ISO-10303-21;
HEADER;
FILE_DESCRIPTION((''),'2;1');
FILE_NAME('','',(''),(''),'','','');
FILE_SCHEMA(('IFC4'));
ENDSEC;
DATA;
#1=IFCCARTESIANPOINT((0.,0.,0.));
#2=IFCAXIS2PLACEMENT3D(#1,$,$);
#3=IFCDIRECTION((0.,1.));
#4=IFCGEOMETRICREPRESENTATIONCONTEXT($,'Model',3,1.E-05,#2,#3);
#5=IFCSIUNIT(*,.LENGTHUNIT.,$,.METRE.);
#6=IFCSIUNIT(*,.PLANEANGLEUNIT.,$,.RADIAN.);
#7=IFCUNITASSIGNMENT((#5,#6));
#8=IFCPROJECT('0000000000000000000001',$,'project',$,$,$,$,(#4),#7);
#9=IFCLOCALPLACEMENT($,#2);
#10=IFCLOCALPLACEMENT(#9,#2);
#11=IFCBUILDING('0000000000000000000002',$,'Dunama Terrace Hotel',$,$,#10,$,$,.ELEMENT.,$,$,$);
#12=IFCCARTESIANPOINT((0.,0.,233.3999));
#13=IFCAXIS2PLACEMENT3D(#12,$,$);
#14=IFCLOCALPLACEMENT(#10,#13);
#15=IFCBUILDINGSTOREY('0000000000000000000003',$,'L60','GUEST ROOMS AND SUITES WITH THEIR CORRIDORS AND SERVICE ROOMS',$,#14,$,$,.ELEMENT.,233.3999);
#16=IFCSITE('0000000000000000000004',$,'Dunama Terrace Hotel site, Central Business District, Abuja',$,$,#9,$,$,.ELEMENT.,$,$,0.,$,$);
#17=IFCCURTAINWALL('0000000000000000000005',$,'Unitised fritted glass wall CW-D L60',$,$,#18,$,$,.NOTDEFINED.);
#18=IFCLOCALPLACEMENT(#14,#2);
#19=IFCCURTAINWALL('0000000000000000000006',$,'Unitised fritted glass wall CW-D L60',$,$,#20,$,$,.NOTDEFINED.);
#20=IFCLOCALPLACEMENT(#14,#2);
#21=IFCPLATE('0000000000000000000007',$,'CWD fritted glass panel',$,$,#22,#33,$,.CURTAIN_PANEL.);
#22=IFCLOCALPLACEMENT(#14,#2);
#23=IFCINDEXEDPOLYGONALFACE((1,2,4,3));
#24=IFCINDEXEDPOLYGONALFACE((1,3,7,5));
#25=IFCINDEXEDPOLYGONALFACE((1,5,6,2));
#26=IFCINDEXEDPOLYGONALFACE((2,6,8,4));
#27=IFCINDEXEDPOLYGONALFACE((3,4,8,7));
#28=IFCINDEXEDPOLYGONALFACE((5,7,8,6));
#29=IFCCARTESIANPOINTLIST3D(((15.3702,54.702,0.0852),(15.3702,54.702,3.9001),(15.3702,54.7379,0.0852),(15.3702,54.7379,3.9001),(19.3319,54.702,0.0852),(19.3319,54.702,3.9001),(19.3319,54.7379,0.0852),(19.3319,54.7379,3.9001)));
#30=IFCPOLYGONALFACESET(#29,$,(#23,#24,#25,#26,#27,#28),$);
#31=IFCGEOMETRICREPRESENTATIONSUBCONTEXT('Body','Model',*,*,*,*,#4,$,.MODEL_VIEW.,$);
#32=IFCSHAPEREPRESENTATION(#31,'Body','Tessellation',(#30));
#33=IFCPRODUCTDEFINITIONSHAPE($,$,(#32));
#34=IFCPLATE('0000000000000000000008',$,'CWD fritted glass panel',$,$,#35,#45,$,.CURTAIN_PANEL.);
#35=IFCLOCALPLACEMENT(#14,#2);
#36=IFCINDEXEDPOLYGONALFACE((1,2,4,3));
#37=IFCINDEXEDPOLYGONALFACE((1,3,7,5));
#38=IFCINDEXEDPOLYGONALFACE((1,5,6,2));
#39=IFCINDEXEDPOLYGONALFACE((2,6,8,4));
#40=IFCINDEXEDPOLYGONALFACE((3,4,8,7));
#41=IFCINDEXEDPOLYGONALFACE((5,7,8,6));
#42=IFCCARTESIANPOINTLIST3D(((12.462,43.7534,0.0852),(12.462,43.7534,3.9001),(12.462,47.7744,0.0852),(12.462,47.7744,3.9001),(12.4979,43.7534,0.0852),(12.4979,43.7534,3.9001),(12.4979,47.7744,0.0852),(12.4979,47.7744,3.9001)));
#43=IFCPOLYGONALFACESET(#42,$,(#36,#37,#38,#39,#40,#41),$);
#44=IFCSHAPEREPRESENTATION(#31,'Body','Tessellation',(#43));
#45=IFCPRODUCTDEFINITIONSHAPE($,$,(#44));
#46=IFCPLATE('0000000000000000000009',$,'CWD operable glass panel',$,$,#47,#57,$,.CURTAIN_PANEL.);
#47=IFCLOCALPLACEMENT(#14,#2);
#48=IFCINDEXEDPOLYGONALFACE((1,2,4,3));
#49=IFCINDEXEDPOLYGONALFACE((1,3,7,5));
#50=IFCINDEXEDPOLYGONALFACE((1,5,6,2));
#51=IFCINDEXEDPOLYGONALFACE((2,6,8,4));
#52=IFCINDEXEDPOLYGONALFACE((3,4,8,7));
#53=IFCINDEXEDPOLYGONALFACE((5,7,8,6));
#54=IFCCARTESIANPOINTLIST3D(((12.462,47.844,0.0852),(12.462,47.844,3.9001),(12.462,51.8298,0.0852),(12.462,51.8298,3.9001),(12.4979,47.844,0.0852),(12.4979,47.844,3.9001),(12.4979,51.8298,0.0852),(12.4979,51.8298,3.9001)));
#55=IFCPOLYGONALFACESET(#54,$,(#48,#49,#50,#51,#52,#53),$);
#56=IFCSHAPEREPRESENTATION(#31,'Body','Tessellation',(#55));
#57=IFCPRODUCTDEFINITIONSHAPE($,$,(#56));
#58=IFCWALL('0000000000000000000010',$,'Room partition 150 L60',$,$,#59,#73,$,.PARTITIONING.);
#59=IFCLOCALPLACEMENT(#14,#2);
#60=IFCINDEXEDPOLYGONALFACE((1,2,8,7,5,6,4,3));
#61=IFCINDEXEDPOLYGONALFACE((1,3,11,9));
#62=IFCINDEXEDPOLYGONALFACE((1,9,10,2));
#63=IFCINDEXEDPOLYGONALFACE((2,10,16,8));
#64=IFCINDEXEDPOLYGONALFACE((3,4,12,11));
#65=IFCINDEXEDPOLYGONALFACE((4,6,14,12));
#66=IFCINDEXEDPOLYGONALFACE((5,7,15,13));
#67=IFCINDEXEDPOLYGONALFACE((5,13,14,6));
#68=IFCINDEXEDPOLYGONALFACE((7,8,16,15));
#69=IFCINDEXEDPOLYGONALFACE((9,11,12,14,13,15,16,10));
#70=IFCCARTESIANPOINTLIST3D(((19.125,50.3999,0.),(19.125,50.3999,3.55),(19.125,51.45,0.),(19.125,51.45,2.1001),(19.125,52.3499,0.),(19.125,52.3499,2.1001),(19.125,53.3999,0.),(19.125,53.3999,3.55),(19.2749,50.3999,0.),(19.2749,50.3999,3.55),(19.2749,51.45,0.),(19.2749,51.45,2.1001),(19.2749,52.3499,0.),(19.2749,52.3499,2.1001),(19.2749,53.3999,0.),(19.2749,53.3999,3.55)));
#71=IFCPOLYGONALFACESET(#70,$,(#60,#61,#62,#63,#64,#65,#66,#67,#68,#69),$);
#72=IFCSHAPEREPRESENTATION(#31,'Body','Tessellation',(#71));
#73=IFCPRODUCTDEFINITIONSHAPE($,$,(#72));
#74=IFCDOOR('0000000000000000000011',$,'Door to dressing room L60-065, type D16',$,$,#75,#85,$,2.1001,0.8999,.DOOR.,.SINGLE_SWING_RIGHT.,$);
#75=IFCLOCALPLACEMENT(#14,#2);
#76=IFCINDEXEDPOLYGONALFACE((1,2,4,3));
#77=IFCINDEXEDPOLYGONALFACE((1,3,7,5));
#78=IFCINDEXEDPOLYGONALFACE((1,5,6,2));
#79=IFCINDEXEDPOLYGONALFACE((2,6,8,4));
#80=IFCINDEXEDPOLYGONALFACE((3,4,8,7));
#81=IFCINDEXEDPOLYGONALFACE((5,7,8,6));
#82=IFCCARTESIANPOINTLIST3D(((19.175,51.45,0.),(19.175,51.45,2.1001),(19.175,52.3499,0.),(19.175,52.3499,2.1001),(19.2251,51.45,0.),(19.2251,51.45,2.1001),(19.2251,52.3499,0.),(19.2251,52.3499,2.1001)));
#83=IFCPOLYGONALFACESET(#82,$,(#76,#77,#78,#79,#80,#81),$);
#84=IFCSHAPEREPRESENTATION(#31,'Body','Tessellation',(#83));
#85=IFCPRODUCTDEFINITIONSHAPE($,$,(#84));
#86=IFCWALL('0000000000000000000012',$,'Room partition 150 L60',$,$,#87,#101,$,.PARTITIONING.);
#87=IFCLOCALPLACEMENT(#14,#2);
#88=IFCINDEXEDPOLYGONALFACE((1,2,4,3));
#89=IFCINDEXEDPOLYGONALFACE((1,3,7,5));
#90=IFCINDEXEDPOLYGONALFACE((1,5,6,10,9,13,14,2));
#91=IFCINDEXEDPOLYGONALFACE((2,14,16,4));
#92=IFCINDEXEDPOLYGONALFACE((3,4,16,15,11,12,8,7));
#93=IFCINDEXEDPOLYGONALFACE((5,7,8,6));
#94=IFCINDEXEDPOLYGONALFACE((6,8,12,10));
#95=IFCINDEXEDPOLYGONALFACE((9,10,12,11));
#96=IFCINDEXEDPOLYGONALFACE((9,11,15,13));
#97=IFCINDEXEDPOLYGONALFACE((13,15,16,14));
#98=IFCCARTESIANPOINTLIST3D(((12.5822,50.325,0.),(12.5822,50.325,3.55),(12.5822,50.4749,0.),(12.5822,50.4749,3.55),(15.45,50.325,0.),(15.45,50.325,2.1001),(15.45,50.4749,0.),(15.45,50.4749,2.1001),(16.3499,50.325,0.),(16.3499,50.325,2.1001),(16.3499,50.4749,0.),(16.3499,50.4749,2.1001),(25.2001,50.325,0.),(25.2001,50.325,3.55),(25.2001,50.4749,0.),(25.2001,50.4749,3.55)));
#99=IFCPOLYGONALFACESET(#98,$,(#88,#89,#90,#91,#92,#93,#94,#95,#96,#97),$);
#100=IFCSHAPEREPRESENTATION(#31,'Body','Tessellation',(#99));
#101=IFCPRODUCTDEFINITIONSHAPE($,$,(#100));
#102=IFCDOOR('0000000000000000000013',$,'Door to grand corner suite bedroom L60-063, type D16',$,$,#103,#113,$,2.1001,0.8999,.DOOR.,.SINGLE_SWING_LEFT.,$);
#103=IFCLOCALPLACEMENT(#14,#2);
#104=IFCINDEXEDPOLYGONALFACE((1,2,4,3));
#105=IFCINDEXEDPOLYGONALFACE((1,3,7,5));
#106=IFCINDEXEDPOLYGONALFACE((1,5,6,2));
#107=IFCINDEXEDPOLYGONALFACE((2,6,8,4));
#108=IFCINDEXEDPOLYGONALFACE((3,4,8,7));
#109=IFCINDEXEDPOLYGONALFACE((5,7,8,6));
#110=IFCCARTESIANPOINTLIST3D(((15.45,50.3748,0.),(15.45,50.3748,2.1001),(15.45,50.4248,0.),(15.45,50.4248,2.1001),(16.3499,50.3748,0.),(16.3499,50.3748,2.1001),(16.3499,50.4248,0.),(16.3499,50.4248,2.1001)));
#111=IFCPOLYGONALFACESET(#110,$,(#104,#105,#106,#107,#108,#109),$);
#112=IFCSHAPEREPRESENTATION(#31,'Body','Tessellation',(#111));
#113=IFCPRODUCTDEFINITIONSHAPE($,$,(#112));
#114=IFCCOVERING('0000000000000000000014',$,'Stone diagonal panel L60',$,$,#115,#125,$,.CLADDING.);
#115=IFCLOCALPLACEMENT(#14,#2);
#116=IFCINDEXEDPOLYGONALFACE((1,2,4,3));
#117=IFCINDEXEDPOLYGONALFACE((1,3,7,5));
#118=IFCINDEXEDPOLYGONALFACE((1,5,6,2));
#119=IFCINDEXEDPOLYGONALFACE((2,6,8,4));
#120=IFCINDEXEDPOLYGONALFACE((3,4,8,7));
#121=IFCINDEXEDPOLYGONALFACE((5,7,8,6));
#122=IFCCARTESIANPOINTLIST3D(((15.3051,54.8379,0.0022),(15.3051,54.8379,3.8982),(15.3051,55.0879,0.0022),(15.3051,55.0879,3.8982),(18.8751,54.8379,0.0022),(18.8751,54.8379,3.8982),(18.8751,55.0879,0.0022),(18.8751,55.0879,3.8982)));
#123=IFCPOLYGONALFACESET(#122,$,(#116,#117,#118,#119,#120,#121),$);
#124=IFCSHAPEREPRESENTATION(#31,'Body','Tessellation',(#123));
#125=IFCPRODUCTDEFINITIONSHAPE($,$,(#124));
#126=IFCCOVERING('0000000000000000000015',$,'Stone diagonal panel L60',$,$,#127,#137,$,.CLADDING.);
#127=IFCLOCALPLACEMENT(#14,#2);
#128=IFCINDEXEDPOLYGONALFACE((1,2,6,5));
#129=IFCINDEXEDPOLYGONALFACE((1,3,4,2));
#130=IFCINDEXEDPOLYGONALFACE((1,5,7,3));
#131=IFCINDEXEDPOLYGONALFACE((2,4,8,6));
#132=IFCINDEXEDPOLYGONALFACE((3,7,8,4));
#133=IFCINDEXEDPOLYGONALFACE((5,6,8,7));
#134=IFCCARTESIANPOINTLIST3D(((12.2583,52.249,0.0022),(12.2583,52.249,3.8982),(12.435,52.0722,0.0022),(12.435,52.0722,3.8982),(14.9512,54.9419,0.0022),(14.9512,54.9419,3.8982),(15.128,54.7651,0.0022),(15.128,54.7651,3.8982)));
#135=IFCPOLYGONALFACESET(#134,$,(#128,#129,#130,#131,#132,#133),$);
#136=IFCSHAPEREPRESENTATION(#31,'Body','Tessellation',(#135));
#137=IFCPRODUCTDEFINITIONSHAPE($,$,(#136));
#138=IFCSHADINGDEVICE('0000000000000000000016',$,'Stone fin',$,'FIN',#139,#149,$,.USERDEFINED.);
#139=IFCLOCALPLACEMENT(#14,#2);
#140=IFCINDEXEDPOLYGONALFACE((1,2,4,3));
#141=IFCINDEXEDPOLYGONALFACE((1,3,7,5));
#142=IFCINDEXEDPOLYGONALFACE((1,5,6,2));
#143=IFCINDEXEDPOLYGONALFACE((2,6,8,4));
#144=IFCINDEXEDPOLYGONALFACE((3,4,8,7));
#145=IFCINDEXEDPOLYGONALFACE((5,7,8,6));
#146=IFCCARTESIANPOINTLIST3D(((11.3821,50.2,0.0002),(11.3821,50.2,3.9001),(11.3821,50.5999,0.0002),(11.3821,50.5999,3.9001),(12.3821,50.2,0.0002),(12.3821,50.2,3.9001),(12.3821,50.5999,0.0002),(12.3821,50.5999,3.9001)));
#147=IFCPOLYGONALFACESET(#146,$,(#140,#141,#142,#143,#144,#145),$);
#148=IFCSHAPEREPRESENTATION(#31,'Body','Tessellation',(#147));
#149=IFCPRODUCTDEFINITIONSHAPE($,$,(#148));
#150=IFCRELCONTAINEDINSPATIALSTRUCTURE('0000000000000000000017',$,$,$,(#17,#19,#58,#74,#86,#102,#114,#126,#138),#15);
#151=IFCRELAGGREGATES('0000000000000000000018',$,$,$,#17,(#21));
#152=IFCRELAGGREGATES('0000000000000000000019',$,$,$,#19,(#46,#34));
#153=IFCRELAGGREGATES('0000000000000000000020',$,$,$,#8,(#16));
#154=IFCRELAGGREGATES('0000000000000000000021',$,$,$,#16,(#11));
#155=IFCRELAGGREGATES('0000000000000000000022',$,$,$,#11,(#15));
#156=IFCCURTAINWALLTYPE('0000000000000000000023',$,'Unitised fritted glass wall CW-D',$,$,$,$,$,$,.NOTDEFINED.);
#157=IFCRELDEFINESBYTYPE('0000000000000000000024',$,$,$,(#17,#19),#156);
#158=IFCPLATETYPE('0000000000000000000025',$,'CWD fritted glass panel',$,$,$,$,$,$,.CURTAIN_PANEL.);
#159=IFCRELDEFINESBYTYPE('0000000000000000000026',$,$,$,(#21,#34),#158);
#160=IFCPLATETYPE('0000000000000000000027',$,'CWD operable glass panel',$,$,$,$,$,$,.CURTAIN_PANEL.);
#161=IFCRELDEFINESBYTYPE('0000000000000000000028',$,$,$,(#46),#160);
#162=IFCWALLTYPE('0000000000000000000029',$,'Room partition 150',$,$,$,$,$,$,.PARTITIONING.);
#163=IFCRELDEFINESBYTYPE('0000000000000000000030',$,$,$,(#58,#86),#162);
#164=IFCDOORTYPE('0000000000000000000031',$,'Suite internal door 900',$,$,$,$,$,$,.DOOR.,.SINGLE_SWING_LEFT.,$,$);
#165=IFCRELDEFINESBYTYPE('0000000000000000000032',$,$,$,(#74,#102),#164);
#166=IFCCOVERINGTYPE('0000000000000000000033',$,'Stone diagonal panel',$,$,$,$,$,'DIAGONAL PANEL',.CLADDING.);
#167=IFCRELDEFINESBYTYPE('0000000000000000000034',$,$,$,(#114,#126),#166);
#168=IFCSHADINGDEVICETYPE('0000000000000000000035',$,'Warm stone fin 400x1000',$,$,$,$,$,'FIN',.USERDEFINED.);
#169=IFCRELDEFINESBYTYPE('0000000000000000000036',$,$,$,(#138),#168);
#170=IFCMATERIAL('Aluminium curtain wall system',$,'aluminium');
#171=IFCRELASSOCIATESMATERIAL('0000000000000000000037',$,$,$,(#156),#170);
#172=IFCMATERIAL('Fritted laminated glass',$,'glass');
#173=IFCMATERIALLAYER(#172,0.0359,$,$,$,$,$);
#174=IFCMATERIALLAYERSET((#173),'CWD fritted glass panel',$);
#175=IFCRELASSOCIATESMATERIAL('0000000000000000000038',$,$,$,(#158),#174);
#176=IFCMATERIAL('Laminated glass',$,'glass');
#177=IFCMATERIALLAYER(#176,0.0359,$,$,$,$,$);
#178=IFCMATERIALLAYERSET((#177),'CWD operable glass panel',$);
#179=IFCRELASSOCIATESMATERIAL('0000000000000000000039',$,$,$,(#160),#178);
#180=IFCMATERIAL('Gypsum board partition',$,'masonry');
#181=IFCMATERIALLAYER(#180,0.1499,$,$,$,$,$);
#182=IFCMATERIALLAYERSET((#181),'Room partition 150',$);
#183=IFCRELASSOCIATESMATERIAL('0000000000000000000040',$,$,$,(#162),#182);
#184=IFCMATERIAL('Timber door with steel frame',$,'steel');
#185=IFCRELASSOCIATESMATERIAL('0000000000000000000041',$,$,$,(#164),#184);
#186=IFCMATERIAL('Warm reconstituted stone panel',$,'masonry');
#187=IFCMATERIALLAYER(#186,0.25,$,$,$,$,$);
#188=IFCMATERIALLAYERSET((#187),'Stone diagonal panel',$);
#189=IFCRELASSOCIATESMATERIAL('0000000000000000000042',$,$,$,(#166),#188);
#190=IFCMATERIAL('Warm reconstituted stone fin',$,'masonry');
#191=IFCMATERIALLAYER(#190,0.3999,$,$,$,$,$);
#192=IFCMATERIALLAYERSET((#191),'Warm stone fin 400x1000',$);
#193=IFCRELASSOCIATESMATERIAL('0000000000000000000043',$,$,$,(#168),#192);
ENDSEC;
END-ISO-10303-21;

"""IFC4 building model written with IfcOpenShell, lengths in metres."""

from ifc_helpers import new_model, si_unit, direction, frame, frame_2d, origin, origin_2d, place, context, subcontext, project, spatial, rectangle, extrude, material, layer, layer_set, type_object, element, fill, aggregate, save


model = new_model("IFC4")

# Units and contexts
model_context = context("Model", 3, precision=1e-05, world=origin(), true_north=direction((0.0, 1.0)))
body_context = subcontext(model_context, "Body", "Model", "MODEL_VIEW")
ifc_project = project(units=[si_unit("LENGTHUNIT", "METRE"), si_unit("PLANEANGLEUNIT", "RADIAN")], contexts=[model_context])

# Site, building, storey
site_placement = place(None, origin())
site = spatial("IfcSite", under=ifc_project, at=site_placement, Name="Dunama Terrace Hotel site, Central Business District, Abuja", CompositionType="ELEMENT", RefElevation=0.0)
building_placement = place(site_placement, origin())
building = spatial("IfcBuilding", under=site, at=building_placement, Name="Dunama Terrace Hotel", CompositionType="ELEMENT")
storey_placement = place(building_placement, frame((0.0, 0.0, 233.3999)))
storey = spatial("IfcBuildingStorey", under=building, at=storey_placement, Name="L60", Description="GUEST ROOMS AND SUITES WITH THEIR CORRIDORS AND SERVICE ROOMS", CompositionType="ELEMENT", Elevation=233.3999)

# Curtain wall
ifc_material_1 = material(Name="Aluminium curtain wall system", Category="aluminium")
curtain_wall_type = type_object("IfcCurtainWallType", Name="Unitised fritted glass wall CW-D", PredefinedType="NOTDEFINED", material=ifc_material_1)
curtain_wall_1_placement = place(storey_placement, origin())
curtain_wall_1 = element("IfcCurtainWall", 1, at=curtain_wall_1_placement, inside=storey, type_object=curtain_wall_type, Name="Unitised fritted glass wall CW-D L60", PredefinedType="NOTDEFINED")

# Curtain wall
curtain_wall_2_placement = place(storey_placement, origin())
curtain_wall_2 = element("IfcCurtainWall", 2, at=curtain_wall_2_placement, inside=storey, type_object=curtain_wall_type, Name="Unitised fritted glass wall CW-D L60", PredefinedType="NOTDEFINED")

# Plates
ifc_material_2 = material(Name="Fritted laminated glass", Category="glass")
ifc_layer_1 = layer(ifc_material_2, 0.0359)
ifc_layer_set_1 = layer_set([ifc_layer_1], Name="CWD fritted glass panel")
plate_type_1 = type_object("IfcPlateType", Name="CWD fritted glass panel", PredefinedType="CURTAIN_PANEL", material=ifc_layer_set_1)
plate_1_placement = place(storey_placement, frame((17.3511, 54.72, 0.0852), z_axis=(0.0, 0.0, 1.0), x_axis=(-1.0, 0.0, 0.0)))
plate_1 = element("IfcPlate", 3, at=plate_1_placement, type_object=plate_type_1, Name="CWD fritted glass panel", PredefinedType="CURTAIN_PANEL", context=body_context, shape_type="SweptSolid", body=[
    extrude(rectangle(XDim=3.9617, YDim=0.0359, at=origin_2d()), origin(), (0.0, 0.0, 1.0), 3.8149),
])
aggregate(curtain_wall_1, [plate_1])
plate_2_placement = place(storey_placement, frame((12.48, 45.7639, 0.0852), z_axis=(0.0, 0.0, 1.0), x_axis=(0.0, -1.0, 0.0)))
plate_2 = element("IfcPlate", 4, at=plate_2_placement, type_object=plate_type_1, Name="CWD fritted glass panel", PredefinedType="CURTAIN_PANEL", context=body_context, shape_type="SweptSolid", body=[
    extrude(rectangle(XDim=4.021, YDim=0.0359, at=origin_2d()), origin(), (0.0, 0.0, 1.0), 3.8149),
])
ifc_material_3 = material(Name="Laminated glass", Category="glass")
ifc_layer_2 = layer(ifc_material_3, 0.0359)
ifc_layer_set_2 = layer_set([ifc_layer_2], Name="CWD operable glass panel")
plate_type_2 = type_object("IfcPlateType", Name="CWD operable glass panel", PredefinedType="CURTAIN_PANEL", material=ifc_layer_set_2)
plate_3_placement = place(storey_placement, frame((12.48, 49.8369, 0.0852), z_axis=(0.0, 0.0, 1.0), x_axis=(0.0, -1.0, 0.0)))
plate_3 = element("IfcPlate", 5, at=plate_3_placement, type_object=plate_type_2, Name="CWD operable glass panel", PredefinedType="CURTAIN_PANEL", context=body_context, shape_type="SweptSolid", body=[
    extrude(rectangle(XDim=3.9858, YDim=0.0359, at=origin_2d()), origin(), (0.0, 0.0, 1.0), 3.8149),
])
aggregate(curtain_wall_2, [plate_3, plate_2])

# Walls, openings, doors
ifc_material_4 = material(Name="Gypsum board partition", Category="masonry")
ifc_layer_3 = layer(ifc_material_4, 0.1499)
ifc_layer_set_3 = layer_set([ifc_layer_3], Name="Room partition 150")
wall_type = type_object("IfcWallType", Name="Room partition 150", PredefinedType="PARTITIONING", material=ifc_layer_set_3)
wall_1_placement = place(storey_placement, frame((19.2, 50.3999, 0.0), z_axis=(0.0, 0.0, 1.0), x_axis=(0.0, 1.0, 0.0)))
wall_1 = element("IfcWall", 6, at=wall_1_placement, inside=storey, type_object=wall_type, Name="Room partition 150 L60", PredefinedType="PARTITIONING", context=body_context, shape_type="SweptSolid", body=[
    extrude(rectangle(XDim=3.0, YDim=0.1499, at=frame_2d((1.5, 0.0))), origin(), (0.0, 0.0, 1.0), 3.55),
])
opening_1_placement = place(wall_1_placement, frame((1.05, 0.0, 0.0)))
opening_1 = element("IfcOpeningElement", 7, at=opening_1_placement, cuts=wall_1, PredefinedType="OPENING", context=body_context, shape_type="SweptSolid", body=[
    extrude(rectangle(XDim=0.8999, YDim=2.1001, at=frame_2d((0.45, 1.05))), frame((0.0, 0.085, 0.0), z_axis=(0.0, -1.0, 0.0), x_axis=(1.0, 0.0, 0.0)), (0.0, 0.0, 1.0), 0.1699),
])
ifc_material_5 = material(Name="Timber door with steel frame", Category="steel")
door_type = type_object("IfcDoorType", Name="Suite internal door 900", OperationType="SINGLE_SWING_LEFT", PredefinedType="DOOR", material=ifc_material_5)
door_1_placement = place(opening_1_placement, frame((0.8999, 0.0, 0.0), z_axis=(0.0, 0.0, 1.0), x_axis=(-1.0, 0.0, 0.0)))
door_1 = element("IfcDoor", 8, at=door_1_placement, inside=storey, type_object=door_type, Name="Door to dressing room L60-065, type D16", OperationType="SINGLE_SWING_RIGHT", OverallHeight=2.1001, OverallWidth=0.8999, PredefinedType="DOOR", context=body_context, shape_type="SweptSolid", body=[
    extrude(rectangle(XDim=0.8999, YDim=2.1001, at=frame_2d((0.45, 1.05))), frame((0.0, 0.0251, 0.0), z_axis=(0.0, -1.0, 0.0), x_axis=(1.0, 0.0, 0.0)), (0.0, 0.0, 1.0), 0.05),
])
fill(opening_1, door_1)
wall_2_placement = place(storey_placement, frame((12.582, 50.3999, 0.0), z_axis=(0.0, 0.0, 1.0), x_axis=(1.0, 0.0, 0.0)))
wall_2 = element("IfcWall", 9, at=wall_2_placement, inside=storey, type_object=wall_type, Name="Room partition 150 L60", PredefinedType="PARTITIONING", context=body_context, shape_type="SweptSolid", body=[
    extrude(rectangle(XDim=12.6179, YDim=0.1499, at=frame_2d((6.3091, 0.0))), origin(), (0.0, 0.0, 1.0), 3.55),
])
opening_2_placement = place(wall_2_placement, frame((2.8679, 0.0, 0.0)))
opening_2 = element("IfcOpeningElement", 10, at=opening_2_placement, cuts=wall_2, PredefinedType="OPENING", context=body_context, shape_type="SweptSolid", body=[
    extrude(rectangle(XDim=0.8999, YDim=2.1001, at=frame_2d((0.45, 1.05))), frame((0.0, 0.085, 0.0), z_axis=(0.0, -1.0, 0.0), x_axis=(1.0, 0.0, 0.0)), (0.0, 0.0, 1.0), 0.1699),
])
door_2_placement = place(opening_2_placement, origin())
door_2 = element("IfcDoor", 11, at=door_2_placement, inside=storey, type_object=door_type, Name="Door to grand corner suite bedroom L60-063, type D16", OperationType="SINGLE_SWING_LEFT", OverallHeight=2.1001, OverallWidth=0.8999, PredefinedType="DOOR", context=body_context, shape_type="SweptSolid", body=[
    extrude(rectangle(XDim=0.8999, YDim=2.1001, at=frame_2d((0.45, 1.05))), frame((0.0, 0.0249, 0.0), z_axis=(0.0, -1.0, 0.0), x_axis=(1.0, 0.0, 0.0)), (0.0, 0.0, 1.0), 0.05),
])
fill(opening_2, door_2)

# Coverings
ifc_material_6 = material(Name="Warm reconstituted stone panel", Category="masonry")
ifc_layer_4 = layer(ifc_material_6, 0.25)
ifc_layer_set_4 = layer_set([ifc_layer_4], Name="Stone diagonal panel")
covering_type = type_object("IfcCoveringType", Name="Stone diagonal panel", ElementType="DIAGONAL PANEL", PredefinedType="CLADDING", material=ifc_layer_set_4)
covering_1_placement = place(storey_placement, frame((17.0901, 54.9629, 0.0022), z_axis=(0.0, 0.0, 1.0), x_axis=(-1.0, 0.0, 0.0)))
element("IfcCovering", 12, at=covering_1_placement, inside=storey, type_object=covering_type, Name="Stone diagonal panel L60", PredefinedType="CLADDING", context=body_context, shape_type="SweptSolid", body=[
    extrude(rectangle(XDim=3.5701, YDim=0.25, at=origin_2d()), origin(), (0.0, 0.0, 1.0), 3.896),
])
covering_2_placement = place(storey_placement, frame((13.6931, 53.5071, 0.0022), z_axis=(0.0, 0.0, 1.0), x_axis=(-0.707107, -0.707107, 0.0)))
element("IfcCovering", 13, at=covering_2_placement, inside=storey, type_object=covering_type, Name="Stone diagonal panel L60", PredefinedType="CLADDING", context=body_context, shape_type="SweptSolid", body=[
    extrude(rectangle(XDim=3.8083, YDim=0.25, at=origin_2d()), origin(), (0.0, 0.0, 1.0), 3.896),
])

# Shading device
ifc_material_7 = material(Name="Warm reconstituted stone fin", Category="masonry")
ifc_layer_5 = layer(ifc_material_7, 0.3999)
ifc_layer_set_5 = layer_set([ifc_layer_5], Name="Warm stone fin 400x1000")
shading_device_type = type_object("IfcShadingDeviceType", Name="Warm stone fin 400x1000", ElementType="FIN", PredefinedType="USERDEFINED", material=ifc_layer_set_5)
shading_device_placement = place(storey_placement, frame((11.8821, 50.3999, 0.0002), z_axis=(0.0, 0.0, 1.0), x_axis=(0.0, -1.0, 0.0)))
element("IfcShadingDevice", 14, at=shading_device_placement, inside=storey, type_object=shading_device_type, Name="Stone fin", ObjectType="FIN", PredefinedType="USERDEFINED", context=body_context, shape_type="SweptSolid", body=[
    extrude(rectangle(XDim=0.3999, YDim=1.0, at=origin_2d()), origin(), (0.0, 0.0, 1.0), 3.8999),
])

save(model, "model.ifc")
